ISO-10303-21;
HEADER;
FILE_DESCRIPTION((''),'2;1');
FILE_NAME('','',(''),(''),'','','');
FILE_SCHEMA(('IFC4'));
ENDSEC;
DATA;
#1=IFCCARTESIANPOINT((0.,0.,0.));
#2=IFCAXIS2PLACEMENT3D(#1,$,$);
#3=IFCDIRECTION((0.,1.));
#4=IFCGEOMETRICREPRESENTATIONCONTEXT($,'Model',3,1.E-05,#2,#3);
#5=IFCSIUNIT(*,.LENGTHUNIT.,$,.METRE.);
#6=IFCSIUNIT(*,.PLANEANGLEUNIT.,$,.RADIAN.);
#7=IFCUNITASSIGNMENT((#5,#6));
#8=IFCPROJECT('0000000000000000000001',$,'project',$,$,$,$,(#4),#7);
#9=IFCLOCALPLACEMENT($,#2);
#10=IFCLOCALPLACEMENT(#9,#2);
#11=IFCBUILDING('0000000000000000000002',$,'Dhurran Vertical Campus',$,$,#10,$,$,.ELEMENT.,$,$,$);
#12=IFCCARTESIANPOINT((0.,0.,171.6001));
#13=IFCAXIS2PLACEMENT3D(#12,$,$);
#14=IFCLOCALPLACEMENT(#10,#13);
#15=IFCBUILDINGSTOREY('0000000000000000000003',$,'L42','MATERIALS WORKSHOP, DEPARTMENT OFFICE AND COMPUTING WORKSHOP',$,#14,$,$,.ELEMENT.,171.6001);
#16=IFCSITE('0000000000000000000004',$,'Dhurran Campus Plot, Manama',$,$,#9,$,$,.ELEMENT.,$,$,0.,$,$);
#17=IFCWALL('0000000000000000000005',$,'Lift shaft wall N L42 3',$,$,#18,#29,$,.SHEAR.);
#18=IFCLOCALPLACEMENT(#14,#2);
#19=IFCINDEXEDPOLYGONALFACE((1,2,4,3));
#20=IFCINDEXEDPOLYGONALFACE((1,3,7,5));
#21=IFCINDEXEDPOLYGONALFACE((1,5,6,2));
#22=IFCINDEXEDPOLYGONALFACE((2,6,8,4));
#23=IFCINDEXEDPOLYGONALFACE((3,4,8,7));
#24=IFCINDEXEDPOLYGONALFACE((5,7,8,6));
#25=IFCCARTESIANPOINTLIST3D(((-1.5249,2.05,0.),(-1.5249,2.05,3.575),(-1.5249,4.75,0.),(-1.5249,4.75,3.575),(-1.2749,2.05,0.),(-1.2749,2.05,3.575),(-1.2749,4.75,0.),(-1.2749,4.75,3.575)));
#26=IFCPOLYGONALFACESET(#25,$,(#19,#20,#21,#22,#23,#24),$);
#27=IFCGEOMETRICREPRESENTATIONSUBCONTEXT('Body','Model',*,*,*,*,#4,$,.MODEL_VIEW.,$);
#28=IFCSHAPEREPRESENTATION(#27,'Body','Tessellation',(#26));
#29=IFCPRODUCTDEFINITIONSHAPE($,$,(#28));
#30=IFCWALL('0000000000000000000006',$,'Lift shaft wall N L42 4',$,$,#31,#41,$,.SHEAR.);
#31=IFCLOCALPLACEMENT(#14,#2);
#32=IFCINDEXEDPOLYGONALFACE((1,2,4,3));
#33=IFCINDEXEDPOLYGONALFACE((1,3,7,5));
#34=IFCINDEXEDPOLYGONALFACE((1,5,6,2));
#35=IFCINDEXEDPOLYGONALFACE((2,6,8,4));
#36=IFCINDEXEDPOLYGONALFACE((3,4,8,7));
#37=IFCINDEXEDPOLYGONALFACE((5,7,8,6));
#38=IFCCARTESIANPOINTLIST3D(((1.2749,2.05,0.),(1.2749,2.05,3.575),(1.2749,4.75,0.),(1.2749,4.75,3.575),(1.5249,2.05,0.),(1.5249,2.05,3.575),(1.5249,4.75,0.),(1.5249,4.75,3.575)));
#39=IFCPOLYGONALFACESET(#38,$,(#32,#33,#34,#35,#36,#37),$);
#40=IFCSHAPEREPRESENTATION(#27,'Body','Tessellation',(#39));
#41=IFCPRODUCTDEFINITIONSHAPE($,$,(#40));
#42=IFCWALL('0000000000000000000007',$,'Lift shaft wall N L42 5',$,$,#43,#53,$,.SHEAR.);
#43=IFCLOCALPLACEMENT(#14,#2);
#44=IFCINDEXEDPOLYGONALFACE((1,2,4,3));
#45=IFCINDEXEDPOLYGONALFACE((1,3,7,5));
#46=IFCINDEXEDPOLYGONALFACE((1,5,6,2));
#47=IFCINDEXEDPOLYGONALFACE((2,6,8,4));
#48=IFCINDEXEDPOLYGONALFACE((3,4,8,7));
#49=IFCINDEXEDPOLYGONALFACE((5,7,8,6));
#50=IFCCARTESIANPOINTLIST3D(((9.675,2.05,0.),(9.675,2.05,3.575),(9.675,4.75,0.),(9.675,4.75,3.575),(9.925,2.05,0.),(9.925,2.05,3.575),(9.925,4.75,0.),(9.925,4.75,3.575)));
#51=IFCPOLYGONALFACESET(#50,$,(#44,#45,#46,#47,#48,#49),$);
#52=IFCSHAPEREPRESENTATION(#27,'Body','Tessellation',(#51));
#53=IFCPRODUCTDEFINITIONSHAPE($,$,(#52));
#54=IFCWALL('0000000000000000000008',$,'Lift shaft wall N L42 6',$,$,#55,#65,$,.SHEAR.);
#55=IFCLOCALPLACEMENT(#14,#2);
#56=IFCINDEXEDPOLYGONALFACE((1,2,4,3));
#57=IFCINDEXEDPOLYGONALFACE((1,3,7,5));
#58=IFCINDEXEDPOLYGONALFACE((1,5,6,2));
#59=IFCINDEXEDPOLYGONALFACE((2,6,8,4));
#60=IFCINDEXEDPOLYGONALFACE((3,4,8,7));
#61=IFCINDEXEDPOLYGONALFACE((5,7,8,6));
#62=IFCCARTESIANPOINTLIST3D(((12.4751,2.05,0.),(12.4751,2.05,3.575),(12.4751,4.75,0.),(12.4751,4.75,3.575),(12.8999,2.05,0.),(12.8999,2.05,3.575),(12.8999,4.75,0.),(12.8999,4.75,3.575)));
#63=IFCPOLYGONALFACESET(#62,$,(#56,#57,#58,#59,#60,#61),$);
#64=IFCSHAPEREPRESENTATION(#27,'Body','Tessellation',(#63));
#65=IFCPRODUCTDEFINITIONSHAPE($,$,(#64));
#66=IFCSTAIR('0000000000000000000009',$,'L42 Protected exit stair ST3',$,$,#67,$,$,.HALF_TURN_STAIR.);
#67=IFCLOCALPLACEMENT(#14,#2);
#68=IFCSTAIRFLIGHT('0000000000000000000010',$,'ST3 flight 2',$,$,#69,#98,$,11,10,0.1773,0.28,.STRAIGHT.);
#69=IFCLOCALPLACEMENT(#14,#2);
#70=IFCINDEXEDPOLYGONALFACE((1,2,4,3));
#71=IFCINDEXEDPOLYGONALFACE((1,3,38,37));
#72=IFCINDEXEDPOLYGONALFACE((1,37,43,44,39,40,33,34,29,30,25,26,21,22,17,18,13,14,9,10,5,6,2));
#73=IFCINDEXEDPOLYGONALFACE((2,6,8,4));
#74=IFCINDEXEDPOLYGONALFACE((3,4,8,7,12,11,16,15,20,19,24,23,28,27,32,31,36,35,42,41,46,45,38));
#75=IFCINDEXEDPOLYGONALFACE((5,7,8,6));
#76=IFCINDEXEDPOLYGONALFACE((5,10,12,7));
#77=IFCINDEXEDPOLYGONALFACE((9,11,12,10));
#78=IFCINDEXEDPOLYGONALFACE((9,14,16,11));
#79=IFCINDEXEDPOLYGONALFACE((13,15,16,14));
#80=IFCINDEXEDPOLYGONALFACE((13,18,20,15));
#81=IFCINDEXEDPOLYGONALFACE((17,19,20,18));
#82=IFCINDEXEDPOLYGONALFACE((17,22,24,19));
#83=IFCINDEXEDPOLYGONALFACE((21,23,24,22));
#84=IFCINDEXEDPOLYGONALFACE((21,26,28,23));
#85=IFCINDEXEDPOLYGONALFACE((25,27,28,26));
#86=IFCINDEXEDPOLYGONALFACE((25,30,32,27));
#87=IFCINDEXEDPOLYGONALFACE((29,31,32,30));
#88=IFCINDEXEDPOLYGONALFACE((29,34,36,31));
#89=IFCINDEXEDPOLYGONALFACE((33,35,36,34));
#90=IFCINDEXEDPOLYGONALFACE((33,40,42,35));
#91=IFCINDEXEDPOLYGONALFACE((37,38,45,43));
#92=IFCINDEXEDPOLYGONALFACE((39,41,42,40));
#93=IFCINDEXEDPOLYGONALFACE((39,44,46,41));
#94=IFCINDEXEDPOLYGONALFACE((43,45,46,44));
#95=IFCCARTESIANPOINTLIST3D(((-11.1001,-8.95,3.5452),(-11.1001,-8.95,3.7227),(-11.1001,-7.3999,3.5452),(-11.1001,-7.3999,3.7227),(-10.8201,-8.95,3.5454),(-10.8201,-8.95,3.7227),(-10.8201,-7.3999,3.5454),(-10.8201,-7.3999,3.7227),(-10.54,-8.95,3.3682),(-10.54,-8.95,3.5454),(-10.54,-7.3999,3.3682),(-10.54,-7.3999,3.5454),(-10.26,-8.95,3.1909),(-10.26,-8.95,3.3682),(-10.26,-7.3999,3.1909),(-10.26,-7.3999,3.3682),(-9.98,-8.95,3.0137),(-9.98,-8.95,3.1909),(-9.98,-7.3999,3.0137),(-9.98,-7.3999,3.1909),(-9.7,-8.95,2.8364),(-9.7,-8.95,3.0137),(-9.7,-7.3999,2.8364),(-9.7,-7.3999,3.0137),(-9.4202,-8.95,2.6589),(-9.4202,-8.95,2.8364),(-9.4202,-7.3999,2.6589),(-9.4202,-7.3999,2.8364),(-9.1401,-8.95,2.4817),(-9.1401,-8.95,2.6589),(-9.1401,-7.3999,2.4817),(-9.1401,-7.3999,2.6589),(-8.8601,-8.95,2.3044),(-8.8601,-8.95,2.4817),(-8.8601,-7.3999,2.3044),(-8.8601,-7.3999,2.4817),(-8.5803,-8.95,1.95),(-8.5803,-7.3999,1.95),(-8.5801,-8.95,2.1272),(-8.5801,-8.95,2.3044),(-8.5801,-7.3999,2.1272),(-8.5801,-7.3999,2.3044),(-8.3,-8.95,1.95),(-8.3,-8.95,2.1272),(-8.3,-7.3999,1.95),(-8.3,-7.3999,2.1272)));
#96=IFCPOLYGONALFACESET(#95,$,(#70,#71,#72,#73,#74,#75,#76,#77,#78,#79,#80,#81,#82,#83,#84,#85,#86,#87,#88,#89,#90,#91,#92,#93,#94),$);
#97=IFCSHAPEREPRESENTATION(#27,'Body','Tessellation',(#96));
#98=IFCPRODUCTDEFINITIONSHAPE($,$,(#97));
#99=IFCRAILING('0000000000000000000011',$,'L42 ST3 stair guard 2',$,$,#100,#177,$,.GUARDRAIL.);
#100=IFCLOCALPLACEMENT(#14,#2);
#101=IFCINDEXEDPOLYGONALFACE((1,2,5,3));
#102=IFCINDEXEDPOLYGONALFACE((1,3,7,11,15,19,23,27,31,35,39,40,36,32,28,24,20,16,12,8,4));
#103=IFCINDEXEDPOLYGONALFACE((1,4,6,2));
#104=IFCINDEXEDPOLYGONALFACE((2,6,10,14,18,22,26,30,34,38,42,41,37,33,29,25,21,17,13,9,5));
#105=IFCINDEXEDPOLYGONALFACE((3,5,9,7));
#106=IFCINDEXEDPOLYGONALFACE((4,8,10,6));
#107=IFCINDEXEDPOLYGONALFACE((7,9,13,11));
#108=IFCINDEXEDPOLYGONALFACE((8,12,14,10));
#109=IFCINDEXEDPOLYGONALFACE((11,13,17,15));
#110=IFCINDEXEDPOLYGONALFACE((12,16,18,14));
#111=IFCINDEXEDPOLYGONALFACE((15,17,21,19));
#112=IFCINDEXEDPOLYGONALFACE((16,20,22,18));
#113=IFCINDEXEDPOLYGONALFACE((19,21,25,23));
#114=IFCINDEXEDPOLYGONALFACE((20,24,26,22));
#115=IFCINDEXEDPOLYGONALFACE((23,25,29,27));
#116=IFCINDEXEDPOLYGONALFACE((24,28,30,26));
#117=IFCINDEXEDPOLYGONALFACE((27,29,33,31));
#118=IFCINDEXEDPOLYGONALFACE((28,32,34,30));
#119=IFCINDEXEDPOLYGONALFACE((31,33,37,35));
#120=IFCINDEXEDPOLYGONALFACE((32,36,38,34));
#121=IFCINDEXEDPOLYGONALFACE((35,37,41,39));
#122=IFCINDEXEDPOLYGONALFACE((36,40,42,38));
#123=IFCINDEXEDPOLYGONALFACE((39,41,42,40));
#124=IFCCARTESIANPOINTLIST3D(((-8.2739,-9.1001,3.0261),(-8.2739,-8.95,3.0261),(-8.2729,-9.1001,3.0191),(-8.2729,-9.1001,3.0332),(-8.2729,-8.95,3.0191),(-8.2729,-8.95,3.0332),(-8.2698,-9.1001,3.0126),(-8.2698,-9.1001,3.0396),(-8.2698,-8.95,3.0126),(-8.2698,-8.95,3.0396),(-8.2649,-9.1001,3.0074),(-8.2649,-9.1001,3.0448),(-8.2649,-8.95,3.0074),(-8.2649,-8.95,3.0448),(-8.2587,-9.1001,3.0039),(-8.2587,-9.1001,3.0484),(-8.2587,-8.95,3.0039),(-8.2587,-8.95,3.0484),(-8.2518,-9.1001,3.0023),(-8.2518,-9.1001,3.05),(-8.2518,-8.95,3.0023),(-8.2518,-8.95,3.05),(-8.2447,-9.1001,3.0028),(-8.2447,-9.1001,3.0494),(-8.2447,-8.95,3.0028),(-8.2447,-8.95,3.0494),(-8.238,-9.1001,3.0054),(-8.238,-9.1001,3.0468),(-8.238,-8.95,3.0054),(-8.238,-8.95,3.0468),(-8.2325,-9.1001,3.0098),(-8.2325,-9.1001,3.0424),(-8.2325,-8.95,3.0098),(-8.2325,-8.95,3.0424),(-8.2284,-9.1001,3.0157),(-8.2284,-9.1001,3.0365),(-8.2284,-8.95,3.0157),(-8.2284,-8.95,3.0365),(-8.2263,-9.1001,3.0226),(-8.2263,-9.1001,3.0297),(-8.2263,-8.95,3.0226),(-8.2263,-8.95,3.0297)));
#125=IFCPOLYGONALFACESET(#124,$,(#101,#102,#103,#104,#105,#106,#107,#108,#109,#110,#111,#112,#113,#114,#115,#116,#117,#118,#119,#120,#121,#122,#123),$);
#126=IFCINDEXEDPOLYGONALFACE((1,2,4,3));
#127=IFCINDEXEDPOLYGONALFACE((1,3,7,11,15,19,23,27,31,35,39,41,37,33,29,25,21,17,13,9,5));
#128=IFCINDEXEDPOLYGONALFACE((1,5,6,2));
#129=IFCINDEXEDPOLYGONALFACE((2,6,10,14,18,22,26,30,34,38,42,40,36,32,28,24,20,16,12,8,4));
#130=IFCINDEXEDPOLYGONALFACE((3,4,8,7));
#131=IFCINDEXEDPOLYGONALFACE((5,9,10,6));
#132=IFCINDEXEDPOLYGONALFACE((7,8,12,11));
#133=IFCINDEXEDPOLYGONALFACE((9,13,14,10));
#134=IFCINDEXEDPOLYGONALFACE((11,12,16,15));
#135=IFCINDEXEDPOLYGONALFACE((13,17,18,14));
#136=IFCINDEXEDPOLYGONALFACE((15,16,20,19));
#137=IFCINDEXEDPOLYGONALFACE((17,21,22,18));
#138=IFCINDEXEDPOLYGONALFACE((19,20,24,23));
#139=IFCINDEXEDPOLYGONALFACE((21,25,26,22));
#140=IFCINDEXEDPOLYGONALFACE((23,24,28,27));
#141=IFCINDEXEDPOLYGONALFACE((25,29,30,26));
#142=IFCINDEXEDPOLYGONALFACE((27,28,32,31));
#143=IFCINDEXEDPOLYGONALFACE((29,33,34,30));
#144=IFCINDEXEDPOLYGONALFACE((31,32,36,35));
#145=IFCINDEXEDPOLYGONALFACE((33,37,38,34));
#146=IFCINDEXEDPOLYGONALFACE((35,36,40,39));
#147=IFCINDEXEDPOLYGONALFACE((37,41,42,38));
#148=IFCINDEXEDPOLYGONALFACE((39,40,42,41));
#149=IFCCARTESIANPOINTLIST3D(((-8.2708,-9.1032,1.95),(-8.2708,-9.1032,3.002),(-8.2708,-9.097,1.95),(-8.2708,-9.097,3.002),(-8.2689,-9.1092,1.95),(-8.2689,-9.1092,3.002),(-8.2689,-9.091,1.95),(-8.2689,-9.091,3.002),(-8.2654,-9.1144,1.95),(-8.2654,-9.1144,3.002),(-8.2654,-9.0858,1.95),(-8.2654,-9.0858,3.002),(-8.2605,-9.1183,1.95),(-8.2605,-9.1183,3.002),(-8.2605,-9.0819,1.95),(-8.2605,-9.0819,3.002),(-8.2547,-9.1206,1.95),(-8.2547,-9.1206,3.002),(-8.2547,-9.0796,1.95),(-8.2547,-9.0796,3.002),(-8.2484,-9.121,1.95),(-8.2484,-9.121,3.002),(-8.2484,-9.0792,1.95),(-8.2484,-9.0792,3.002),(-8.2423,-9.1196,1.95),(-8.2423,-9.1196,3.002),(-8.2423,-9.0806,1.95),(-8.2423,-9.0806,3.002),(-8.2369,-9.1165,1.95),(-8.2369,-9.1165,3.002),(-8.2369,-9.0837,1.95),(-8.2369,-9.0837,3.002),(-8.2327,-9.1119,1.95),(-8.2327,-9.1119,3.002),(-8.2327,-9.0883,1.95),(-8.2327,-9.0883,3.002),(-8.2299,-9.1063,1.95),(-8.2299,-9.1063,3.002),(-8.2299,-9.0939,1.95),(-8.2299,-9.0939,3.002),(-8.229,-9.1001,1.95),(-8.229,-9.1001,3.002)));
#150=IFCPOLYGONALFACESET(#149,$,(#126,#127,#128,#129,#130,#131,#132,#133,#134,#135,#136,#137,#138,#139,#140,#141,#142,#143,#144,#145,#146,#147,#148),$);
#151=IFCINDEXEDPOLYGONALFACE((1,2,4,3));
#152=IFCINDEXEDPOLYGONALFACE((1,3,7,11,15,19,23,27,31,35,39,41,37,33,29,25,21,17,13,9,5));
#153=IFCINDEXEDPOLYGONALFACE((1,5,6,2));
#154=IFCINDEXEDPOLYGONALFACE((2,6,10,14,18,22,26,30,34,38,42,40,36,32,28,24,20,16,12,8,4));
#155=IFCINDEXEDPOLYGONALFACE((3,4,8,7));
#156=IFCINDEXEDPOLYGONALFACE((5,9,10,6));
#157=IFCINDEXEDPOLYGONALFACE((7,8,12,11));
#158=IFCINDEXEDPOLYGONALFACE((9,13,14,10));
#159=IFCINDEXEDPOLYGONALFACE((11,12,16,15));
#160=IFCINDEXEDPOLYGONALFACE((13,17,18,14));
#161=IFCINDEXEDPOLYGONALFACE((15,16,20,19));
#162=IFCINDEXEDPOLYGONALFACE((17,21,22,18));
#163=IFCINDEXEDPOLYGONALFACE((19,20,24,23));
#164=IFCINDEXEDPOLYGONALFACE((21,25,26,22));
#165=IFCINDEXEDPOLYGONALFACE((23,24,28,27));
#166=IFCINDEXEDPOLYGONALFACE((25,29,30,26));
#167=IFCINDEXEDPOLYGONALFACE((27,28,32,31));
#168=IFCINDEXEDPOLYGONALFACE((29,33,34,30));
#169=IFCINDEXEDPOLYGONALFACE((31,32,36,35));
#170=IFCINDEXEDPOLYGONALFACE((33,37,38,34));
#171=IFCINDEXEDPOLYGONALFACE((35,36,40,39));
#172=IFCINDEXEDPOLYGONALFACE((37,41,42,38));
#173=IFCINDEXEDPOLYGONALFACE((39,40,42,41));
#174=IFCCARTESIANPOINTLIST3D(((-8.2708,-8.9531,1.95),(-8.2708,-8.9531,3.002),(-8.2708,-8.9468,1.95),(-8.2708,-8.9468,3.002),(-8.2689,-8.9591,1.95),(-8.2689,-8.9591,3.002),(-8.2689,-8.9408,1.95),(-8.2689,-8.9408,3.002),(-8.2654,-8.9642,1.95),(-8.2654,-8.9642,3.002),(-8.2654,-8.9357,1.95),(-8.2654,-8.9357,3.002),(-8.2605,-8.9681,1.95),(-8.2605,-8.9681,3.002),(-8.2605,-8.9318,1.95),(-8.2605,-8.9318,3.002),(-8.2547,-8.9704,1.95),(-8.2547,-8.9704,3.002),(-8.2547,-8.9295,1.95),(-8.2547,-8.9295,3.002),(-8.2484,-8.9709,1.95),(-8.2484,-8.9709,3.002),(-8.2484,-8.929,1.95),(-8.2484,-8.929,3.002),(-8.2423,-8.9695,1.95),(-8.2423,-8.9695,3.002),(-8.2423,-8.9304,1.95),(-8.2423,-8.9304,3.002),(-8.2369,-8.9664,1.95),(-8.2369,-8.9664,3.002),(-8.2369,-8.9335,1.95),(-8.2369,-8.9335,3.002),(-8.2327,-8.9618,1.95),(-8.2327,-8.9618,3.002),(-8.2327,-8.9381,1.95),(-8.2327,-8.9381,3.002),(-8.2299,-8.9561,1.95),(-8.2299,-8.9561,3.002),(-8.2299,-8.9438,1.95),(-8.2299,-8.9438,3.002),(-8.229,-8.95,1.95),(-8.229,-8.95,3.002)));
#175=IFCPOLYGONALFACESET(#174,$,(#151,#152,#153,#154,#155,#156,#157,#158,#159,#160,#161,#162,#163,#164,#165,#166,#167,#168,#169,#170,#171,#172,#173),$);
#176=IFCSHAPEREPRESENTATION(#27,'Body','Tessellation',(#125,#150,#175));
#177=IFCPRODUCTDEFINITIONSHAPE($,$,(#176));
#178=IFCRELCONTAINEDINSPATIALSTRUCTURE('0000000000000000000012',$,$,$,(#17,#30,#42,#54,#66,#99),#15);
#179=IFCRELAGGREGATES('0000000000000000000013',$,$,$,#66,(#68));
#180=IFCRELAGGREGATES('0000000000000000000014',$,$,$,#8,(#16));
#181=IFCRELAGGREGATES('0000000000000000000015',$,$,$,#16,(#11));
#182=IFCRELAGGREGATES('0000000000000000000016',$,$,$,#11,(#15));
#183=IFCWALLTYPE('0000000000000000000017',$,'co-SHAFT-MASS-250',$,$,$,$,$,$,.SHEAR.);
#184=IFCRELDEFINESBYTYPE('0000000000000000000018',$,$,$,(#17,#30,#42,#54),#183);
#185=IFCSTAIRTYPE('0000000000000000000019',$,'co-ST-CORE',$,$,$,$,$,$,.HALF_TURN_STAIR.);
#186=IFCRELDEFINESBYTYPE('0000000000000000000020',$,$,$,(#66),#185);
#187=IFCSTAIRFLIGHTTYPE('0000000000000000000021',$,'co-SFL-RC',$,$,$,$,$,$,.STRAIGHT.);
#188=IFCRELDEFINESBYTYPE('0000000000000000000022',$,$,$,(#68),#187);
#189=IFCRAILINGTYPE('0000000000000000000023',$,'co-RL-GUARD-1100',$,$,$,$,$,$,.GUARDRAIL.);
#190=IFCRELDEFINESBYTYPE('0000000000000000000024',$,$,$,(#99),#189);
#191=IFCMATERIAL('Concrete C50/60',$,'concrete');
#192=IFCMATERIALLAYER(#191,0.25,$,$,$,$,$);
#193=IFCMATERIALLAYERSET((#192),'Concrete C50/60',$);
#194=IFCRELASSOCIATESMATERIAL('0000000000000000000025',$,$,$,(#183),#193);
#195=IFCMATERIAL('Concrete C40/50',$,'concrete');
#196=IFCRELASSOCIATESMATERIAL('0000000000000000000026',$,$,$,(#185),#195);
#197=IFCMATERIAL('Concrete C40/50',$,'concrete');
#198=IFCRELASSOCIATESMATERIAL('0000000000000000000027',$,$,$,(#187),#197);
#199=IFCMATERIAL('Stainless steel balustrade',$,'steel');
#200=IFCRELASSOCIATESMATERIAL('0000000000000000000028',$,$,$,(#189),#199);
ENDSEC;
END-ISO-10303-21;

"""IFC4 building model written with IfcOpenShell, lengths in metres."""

from ifc_helpers import new_model, si_unit, direction, frame, origin, origin_2d, place, context, subcontext, project, spatial, polyline, circle, outline, extrude, material, layer, layer_set, type_object, element, aggregate, save


model = new_model("IFC4")

# Units and contexts
model_context = context("Model", 3, precision=1e-05, world=origin(), true_north=direction((0.0, 1.0)))
body_context = subcontext(model_context, "Body", "Model", "MODEL_VIEW")
ifc_project = project(units=[si_unit("LENGTHUNIT", "METRE"), si_unit("PLANEANGLEUNIT", "RADIAN")], contexts=[model_context])

# Site, building, storey
site_placement = place(None, origin())
site = spatial("IfcSite", under=ifc_project, at=site_placement, Name="Dhurran Campus Plot, Manama", CompositionType="ELEMENT", RefElevation=0.0)
building_placement = place(site_placement, origin())
building = spatial("IfcBuilding", under=site, at=building_placement, Name="Dhurran Vertical Campus", CompositionType="ELEMENT")
storey_placement = place(building_placement, frame((0.0, 0.0, 171.6001)))
storey = spatial("IfcBuildingStorey", under=building, at=storey_placement, Name="L42", Description="MATERIALS WORKSHOP, DEPARTMENT OFFICE AND COMPUTING WORKSHOP", CompositionType="ELEMENT", Elevation=171.6001)

# Walls
ifc_material_1 = material(Name="Concrete C50/60", Category="concrete")
ifc_layer_1 = layer(ifc_material_1, 0.25)
ifc_layer_set_1 = layer_set([ifc_layer_1], Name="Concrete C50/60")
wall_type_1 = type_object("IfcWallType", Name="co-SHAFT-MASS-250", PredefinedType="SHEAR", material=ifc_layer_set_1)
wall_1_placement = place(storey_placement, origin())
element("IfcWall", 1, at=wall_1_placement, inside=storey, type_object=wall_type_1, Name="Lift shaft wall N L42 3", PredefinedType="SHEAR", context=body_context, shape_type="SweptSolid", body=[
    extrude(outline(polyline([(-1.5249, 2.05), (-1.2749, 2.05), (-1.2749, 4.75), (-1.5249, 4.75), (-1.5249, 2.05)])), origin(), (0.0, 0.0, 1.0), 3.575),
])
wall_2_placement = place(storey_placement, origin())
element("IfcWall", 2, at=wall_2_placement, inside=storey, type_object=wall_type_1, Name="Lift shaft wall N L42 4", PredefinedType="SHEAR", context=body_context, shape_type="SweptSolid", body=[
    extrude(outline(polyline([(1.2749, 2.05), (1.5249, 2.05), (1.5249, 4.75), (1.2749, 4.75), (1.2749, 2.05)])), origin(), (0.0, 0.0, 1.0), 3.575),
])
wall_3_placement = place(storey_placement, origin())
element("IfcWall", 3, at=wall_3_placement, inside=storey, type_object=wall_type_1, Name="Lift shaft wall N L42 5", PredefinedType="SHEAR", context=body_context, shape_type="SweptSolid", body=[
    extrude(outline(polyline([(9.675, 2.05), (9.925, 2.05), (9.925, 4.75), (9.675, 4.75), (9.675, 2.05)])), origin(), (0.0, 0.0, 1.0), 3.575),
])
wall_4_placement = place(storey_placement, origin())
element("IfcWall", 4, at=wall_4_placement, inside=storey, type_object=wall_type_1, Name="Lift shaft wall N L42 6", PredefinedType="SHEAR", context=body_context, shape_type="SweptSolid", body=[
    extrude(outline(polyline([(12.4751, 2.05), (12.8999, 2.05), (12.8999, 4.75), (12.4751, 4.75), (12.4751, 2.05)])), origin(), (0.0, 0.0, 1.0), 3.575),
])

# Stair, stair flight
ifc_material_2 = material(Name="Concrete C40/50", Category="concrete")
stair_type = type_object("IfcStairType", Name="co-ST-CORE", PredefinedType="HALF_TURN_STAIR", material=ifc_material_2)
stair_placement = place(storey_placement, origin())
stair = element("IfcStair", 5, at=stair_placement, inside=storey, type_object=stair_type, Name="L42 Protected exit stair ST3", PredefinedType="HALF_TURN_STAIR")
ifc_material_3 = material(Name="Concrete C40/50", Category="concrete")
stair_flight_type = type_object("IfcStairFlightType", Name="co-SFL-RC", PredefinedType="STRAIGHT", material=ifc_material_3)
stair_flight_placement = place(storey_placement, frame((-8.3, -8.175, 1.95), z_axis=(0.0, 0.0, 1.0), x_axis=(-1.0, 0.0, 0.0)))
stair_flight = element("IfcStairFlight", 6, at=stair_flight_placement, type_object=stair_flight_type, Name="ST3 flight 2", NumberOfRisers=11, NumberOfTreads=10, PredefinedType="STRAIGHT", RiserHeight=0.1773, TreadLength=0.28, context=body_context, shape_type="SweptSolid", body=[
    extrude(outline(polyline([(0.0, 0.0), (0.0, 0.1772), (0.28, 0.1772), (0.28, 0.3545), (0.5601, 0.3545), (0.5601, 0.5317), (0.8401, 0.5317), (0.8401, 0.709), (1.1201, 0.709), (1.1201, 0.8865), (1.3999, 0.8865), (1.3999, 1.0637), (1.6799, 1.0637), (1.6799, 1.241), (1.96, 1.241), (1.96, 1.4182), (2.24, 1.4182), (2.24, 1.5955), (2.52, 1.5955), (2.52, 1.7727), (2.8, 1.7727), (2.8, 1.95), (2.8, 1.5952), (0.2803, 0.0), (0.0, 0.0)])), frame((0.0, 0.7749, 0.0), z_axis=(0.0, -1.0, 0.0), x_axis=(1.0, 0.0, 0.0)), (0.0, 0.0, 1.0), 1.55),
])
aggregate(stair, [stair_flight])

# Railing
ifc_material_4 = material(Name="Stainless steel balustrade", Category="steel")
railing_type_1 = type_object("IfcRailingType", Name="co-RL-GUARD-1100", PredefinedType="GUARDRAIL", material=ifc_material_4)
railing_1_placement = place(storey_placement, frame((-8.25, -9.1001, 1.95)))
element("IfcRailing", 7, at=railing_1_placement, inside=storey, type_object=railing_type_1, Name="L42 ST3 stair guard 2", PredefinedType="GUARDRAIL", context=body_context, shape_type="SweptSolid", body=[
    extrude(circle(Radius=0.0239, at=origin_2d()), frame((0.0, 0.0, 1.0762), z_axis=(0.0, 1.0, 0.0), x_axis=(-1.0, 0.0, 0.0)), (0.0, 0.0, 1.0), 0.1501),
    extrude(circle(Radius=0.021, at=origin_2d()), origin(), (0.0, 0.0, 1.0), 1.052),
    extrude(circle(Radius=0.021, at=origin_2d()), frame((0.0, 0.1501, 0.0)), (0.0, 0.0, 1.0), 1.052),
])

save(model, "model.ifc")
